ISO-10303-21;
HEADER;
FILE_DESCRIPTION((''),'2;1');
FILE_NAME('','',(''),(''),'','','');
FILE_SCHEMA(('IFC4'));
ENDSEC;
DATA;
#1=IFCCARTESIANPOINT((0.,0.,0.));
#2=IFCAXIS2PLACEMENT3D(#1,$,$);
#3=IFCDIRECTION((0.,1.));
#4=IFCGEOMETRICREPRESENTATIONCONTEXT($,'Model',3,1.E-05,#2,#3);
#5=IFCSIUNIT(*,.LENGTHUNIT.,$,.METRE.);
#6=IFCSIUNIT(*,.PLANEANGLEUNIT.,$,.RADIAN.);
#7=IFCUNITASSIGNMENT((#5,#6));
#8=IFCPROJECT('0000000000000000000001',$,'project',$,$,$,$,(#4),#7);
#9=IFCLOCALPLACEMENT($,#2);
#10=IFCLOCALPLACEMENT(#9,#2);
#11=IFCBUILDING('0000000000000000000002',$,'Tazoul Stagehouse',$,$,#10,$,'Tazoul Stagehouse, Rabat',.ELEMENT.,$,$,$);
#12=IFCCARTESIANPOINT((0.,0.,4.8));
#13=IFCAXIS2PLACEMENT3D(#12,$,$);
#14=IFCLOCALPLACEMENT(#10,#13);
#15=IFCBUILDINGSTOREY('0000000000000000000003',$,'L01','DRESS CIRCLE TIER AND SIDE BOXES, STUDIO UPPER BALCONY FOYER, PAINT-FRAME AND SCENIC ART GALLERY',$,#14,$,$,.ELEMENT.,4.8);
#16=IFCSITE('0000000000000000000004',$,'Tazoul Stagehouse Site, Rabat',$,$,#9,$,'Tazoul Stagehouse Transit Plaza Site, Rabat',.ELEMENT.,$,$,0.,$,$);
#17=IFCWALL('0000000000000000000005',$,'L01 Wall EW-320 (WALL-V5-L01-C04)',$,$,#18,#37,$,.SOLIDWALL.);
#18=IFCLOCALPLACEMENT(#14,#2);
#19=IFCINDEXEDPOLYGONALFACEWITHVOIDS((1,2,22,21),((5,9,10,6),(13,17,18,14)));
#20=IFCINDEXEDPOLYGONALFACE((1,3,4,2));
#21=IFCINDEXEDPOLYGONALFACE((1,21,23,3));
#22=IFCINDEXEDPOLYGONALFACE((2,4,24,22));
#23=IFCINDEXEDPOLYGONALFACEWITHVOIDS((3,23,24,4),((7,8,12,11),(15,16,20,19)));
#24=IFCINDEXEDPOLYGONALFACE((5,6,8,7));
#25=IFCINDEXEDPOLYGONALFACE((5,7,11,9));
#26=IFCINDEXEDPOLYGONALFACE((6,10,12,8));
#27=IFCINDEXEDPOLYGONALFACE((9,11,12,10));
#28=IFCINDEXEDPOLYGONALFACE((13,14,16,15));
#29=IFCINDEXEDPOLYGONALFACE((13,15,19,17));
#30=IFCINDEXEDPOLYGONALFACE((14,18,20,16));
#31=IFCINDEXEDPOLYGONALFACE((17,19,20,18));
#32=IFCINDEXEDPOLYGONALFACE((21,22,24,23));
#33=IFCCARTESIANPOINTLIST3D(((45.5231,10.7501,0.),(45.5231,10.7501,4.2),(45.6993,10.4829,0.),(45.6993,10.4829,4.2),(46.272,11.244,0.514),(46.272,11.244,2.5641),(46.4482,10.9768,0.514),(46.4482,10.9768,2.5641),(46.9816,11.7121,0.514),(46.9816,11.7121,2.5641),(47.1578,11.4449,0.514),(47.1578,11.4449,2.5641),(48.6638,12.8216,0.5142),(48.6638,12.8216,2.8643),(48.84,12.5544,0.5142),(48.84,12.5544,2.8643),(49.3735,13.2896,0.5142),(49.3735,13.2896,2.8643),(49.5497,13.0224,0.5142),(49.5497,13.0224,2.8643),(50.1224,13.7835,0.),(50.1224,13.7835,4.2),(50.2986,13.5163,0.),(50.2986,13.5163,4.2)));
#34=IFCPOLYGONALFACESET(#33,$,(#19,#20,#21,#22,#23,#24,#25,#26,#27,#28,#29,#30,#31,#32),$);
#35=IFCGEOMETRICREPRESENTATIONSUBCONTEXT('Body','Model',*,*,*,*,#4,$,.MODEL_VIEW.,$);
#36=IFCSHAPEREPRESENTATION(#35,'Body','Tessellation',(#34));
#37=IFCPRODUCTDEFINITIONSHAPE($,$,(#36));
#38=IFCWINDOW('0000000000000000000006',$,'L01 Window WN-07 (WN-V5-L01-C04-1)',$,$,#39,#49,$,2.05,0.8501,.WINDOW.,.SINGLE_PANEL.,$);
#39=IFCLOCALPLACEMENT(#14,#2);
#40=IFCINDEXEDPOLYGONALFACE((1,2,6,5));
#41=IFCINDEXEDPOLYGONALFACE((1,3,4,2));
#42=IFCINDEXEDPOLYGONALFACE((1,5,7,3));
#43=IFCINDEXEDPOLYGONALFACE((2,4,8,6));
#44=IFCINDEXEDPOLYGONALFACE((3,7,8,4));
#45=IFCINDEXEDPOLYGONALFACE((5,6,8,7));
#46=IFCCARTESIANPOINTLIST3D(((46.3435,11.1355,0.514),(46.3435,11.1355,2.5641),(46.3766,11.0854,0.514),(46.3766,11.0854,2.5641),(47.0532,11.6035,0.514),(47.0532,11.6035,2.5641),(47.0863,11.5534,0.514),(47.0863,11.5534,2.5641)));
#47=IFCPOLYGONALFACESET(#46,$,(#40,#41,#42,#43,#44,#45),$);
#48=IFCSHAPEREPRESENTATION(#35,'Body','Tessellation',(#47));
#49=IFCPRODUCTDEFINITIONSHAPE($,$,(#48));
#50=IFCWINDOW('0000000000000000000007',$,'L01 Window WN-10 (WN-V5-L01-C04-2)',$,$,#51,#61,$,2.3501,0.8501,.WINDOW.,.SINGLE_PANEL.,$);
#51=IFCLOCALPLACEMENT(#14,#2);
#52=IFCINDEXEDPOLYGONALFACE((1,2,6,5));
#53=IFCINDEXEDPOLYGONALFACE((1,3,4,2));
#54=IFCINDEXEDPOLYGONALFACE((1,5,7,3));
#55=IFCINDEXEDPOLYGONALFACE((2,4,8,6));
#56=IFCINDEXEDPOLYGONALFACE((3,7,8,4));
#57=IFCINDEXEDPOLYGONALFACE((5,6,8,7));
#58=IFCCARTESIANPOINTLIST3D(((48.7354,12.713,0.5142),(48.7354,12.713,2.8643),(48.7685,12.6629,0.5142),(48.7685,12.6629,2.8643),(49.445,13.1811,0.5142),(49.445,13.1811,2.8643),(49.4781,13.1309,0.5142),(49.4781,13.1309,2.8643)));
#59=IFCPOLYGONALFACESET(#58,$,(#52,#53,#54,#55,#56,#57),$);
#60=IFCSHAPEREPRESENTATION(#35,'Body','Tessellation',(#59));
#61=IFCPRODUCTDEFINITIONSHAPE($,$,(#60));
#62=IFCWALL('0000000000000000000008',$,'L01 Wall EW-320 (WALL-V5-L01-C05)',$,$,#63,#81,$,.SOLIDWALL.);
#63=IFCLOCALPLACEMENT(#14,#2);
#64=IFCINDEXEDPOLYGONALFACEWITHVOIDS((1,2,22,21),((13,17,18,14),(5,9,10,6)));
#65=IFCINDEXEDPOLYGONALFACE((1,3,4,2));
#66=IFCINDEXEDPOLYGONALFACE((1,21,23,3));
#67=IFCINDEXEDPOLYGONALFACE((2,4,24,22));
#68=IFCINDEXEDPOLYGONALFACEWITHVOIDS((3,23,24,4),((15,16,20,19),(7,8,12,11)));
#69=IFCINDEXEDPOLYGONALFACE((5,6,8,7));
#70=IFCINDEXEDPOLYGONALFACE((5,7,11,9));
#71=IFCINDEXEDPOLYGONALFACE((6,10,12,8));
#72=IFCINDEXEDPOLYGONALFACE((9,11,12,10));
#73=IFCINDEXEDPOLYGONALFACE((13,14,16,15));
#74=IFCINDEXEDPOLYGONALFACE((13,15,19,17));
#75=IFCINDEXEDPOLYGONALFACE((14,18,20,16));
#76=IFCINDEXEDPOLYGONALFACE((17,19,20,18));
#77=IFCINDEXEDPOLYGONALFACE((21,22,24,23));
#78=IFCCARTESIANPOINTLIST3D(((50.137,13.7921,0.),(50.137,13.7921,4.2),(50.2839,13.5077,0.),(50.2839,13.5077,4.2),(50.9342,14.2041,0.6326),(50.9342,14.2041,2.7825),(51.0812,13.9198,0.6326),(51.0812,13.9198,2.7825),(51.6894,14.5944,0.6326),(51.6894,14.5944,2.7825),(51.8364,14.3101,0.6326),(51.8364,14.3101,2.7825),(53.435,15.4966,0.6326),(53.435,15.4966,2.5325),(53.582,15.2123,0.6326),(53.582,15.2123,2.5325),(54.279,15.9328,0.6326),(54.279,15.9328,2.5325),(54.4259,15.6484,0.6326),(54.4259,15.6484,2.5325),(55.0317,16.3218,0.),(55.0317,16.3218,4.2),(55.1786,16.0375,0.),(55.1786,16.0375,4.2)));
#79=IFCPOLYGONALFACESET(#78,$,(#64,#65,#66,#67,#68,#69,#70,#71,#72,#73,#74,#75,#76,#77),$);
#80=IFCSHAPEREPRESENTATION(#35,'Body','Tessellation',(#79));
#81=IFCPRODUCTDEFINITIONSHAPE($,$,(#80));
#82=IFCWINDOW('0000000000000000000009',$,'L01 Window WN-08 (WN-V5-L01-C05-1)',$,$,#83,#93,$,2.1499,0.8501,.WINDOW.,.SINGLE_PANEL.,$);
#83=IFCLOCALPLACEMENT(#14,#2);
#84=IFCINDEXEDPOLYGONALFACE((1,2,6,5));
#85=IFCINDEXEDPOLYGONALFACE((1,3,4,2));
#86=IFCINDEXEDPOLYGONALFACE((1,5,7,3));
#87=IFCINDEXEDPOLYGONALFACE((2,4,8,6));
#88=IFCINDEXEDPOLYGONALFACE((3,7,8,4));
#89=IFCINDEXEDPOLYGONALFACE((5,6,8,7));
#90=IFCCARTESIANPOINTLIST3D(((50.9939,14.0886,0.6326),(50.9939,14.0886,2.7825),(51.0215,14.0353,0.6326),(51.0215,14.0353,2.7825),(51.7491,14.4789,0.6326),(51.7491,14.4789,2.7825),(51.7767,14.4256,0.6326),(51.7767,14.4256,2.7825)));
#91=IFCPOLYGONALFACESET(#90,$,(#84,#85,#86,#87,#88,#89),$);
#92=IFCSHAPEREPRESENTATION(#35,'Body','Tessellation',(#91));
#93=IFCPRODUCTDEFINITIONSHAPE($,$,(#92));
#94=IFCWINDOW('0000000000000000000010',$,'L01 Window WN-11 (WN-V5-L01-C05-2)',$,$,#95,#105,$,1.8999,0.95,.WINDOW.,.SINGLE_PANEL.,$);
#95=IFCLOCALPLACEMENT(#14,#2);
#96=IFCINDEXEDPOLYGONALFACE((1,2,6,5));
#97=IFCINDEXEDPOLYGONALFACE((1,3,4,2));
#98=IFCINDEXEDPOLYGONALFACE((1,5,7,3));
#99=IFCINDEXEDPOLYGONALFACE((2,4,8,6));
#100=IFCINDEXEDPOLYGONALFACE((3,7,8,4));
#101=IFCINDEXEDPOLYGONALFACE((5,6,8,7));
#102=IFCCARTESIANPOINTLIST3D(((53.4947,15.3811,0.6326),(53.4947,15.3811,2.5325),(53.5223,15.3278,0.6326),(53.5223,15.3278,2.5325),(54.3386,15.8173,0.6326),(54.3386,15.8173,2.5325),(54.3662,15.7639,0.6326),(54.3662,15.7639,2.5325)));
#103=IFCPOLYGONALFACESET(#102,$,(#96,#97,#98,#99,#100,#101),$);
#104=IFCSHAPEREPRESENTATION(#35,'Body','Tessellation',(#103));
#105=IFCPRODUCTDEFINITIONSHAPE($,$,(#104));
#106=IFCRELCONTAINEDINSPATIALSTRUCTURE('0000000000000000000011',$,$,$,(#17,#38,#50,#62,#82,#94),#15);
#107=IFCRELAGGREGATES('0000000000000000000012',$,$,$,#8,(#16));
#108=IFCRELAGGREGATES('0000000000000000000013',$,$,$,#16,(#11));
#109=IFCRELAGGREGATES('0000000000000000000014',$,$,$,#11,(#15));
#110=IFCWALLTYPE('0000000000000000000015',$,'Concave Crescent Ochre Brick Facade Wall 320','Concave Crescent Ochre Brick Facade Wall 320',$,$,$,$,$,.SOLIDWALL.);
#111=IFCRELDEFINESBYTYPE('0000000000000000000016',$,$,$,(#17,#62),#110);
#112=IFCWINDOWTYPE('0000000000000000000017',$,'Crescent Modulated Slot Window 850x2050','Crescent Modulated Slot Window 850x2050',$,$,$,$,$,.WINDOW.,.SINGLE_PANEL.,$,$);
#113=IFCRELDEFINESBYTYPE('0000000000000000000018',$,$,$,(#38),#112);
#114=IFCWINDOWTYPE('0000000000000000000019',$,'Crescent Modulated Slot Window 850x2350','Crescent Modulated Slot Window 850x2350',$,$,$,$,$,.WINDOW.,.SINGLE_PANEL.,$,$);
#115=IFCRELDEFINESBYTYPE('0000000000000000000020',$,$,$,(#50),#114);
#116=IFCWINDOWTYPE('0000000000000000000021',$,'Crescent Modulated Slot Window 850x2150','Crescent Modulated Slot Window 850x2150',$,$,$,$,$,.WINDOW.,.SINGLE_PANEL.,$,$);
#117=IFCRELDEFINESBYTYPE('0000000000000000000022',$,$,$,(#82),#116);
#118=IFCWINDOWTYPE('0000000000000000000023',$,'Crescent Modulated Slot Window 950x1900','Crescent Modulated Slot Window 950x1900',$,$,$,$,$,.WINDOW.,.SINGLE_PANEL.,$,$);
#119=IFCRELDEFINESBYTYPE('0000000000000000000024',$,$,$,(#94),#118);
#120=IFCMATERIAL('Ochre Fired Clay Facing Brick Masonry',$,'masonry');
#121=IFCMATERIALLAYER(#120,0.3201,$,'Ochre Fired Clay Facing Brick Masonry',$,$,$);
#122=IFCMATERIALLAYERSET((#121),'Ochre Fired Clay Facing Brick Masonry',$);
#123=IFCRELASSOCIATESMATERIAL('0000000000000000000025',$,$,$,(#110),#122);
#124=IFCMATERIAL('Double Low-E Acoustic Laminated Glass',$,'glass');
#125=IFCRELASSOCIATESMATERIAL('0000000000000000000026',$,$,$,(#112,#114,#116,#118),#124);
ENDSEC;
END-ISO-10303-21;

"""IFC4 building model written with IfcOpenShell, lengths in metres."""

from ifc_helpers import new_model, si_unit, direction, frame, frame_2d, origin, place, context, subcontext, project, spatial, rectangle, extrude, material, layer, layer_set, type_object, element, fill, save


model = new_model("IFC4")

# Units and contexts
model_context = context("Model", 3, precision=1e-05, world=origin(), true_north=direction((0.0, 1.0)))
body_context = subcontext(model_context, "Body", "Model", "MODEL_VIEW")
ifc_project = project(units=[si_unit("LENGTHUNIT", "METRE"), si_unit("PLANEANGLEUNIT", "RADIAN")], contexts=[model_context])

# Site, building, storey
site_placement = place(None, origin())
site = spatial("IfcSite", under=ifc_project, at=site_placement, Name="Tazoul Stagehouse Site, Rabat", LongName="Tazoul Stagehouse Transit Plaza Site, Rabat", CompositionType="ELEMENT", RefElevation=0.0)
building_placement = place(site_placement, origin())
building = spatial("IfcBuilding", under=site, at=building_placement, Name="Tazoul Stagehouse", LongName="Tazoul Stagehouse, Rabat", CompositionType="ELEMENT")
storey_placement = place(building_placement, frame((0.0, 0.0, 4.8)))
storey = spatial("IfcBuildingStorey", under=building, at=storey_placement, Name="L01", Description="DRESS CIRCLE TIER AND SIDE BOXES, STUDIO UPPER BALCONY FOYER, PAINT-FRAME AND SCENIC ART GALLERY", CompositionType="ELEMENT", Elevation=4.8)

# Walls, openings, windows
ifc_material_1 = material(Name="Ochre Fired Clay Facing Brick Masonry", Category="masonry")
ifc_layer = layer(ifc_material_1, 0.3201, Name="Ochre Fired Clay Facing Brick Masonry")
ifc_layer_set = layer_set([ifc_layer], Name="Ochre Fired Clay Facing Brick Masonry")
wall_type = type_object("IfcWallType", Name="Concave Crescent Ochre Brick Facade Wall 320", Description="Concave Crescent Ochre Brick Facade Wall 320", PredefinedType="SOLIDWALL", material=ifc_layer_set)
wall_1_placement = place(storey_placement, frame((45.6111, 10.6165, 0.0), z_axis=(0.0, 0.0, 1.0), x_axis=(0.834787, 0.550572, 0.0)))
wall_1 = element("IfcWall", 1, at=wall_1_placement, inside=storey, type_object=wall_type, Name="L01 Wall EW-320 (WALL-V5-L01-C04)", PredefinedType="SOLIDWALL", context=body_context, shape_type="SweptSolid", body=[
    extrude(rectangle(XDim=5.5095, YDim=0.3201, at=frame_2d((2.7549, 0.0))), origin(), (0.0, 0.0, 1.0), 4.2),
])
opening_1_placement = place(wall_1_placement, frame((0.8972, 0.0, 0.5142)))
opening_1 = element("IfcOpeningElement", 2, at=opening_1_placement, cuts=wall_1, PredefinedType="OPENING", context=body_context, shape_type="SweptSolid", body=[
    extrude(rectangle(XDim=0.8501, YDim=2.05, at=frame_2d((0.425, 1.0249))), frame((0.0, 0.1799, 0.0), z_axis=(0.0, -1.0, 0.0), x_axis=(1.0, 0.0, 0.0)), (0.0, 0.0, 1.0), 0.3601),
])
opening_2_placement = place(wall_1_placement, frame((3.7625, 0.0, 0.5142)))
opening_2 = element("IfcOpeningElement", 3, at=opening_2_placement, cuts=wall_1, PredefinedType="OPENING", context=body_context, shape_type="SweptSolid", body=[
    extrude(rectangle(XDim=0.8501, YDim=2.3501, at=frame_2d((0.425, 1.175))), frame((0.0, 0.1799, 0.0), z_axis=(0.0, -1.0, 0.0), x_axis=(1.0, 0.0, 0.0)), (0.0, 0.0, 1.0), 0.3601),
])
ifc_material_2 = material(Name="Double Low-E Acoustic Laminated Glass", Category="glass")
window_type_1 = type_object("IfcWindowType", Name="Crescent Modulated Slot Window 850x2050", Description="Crescent Modulated Slot Window 850x2050", PartitioningType="SINGLE_PANEL", PredefinedType="WINDOW", material=ifc_material_2)
window_1_placement = place(opening_1_placement, origin())
window_1 = element("IfcWindow", 4, at=window_1_placement, inside=storey, type_object=window_type_1, Name="L01 Window WN-07 (WN-V5-L01-C04-1)", OverallHeight=2.05, OverallWidth=0.8501, PartitioningType="SINGLE_PANEL", PredefinedType="WINDOW", context=body_context, shape_type="SweptSolid", body=[
    extrude(rectangle(XDim=0.8501, YDim=2.05, at=frame_2d((0.425, 1.0249))), frame((0.0, 0.03, 0.0), z_axis=(0.0, -1.0, 0.0), x_axis=(1.0, 0.0, 0.0)), (0.0, 0.0, 1.0), 0.0601),
])
fill(opening_1, window_1)
window_type_2 = type_object("IfcWindowType", Name="Crescent Modulated Slot Window 850x2350", Description="Crescent Modulated Slot Window 850x2350", PartitioningType="SINGLE_PANEL", PredefinedType="WINDOW", material=ifc_material_2)
window_2_placement = place(opening_2_placement, origin())
window_2 = element("IfcWindow", 5, at=window_2_placement, inside=storey, type_object=window_type_2, Name="L01 Window WN-10 (WN-V5-L01-C04-2)", OverallHeight=2.3501, OverallWidth=0.8501, PartitioningType="SINGLE_PANEL", PredefinedType="WINDOW", context=body_context, shape_type="SweptSolid", body=[
    extrude(rectangle(XDim=0.8501, YDim=2.3501, at=frame_2d((0.425, 1.175))), frame((0.0, 0.03, 0.0), z_axis=(0.0, -1.0, 0.0), x_axis=(1.0, 0.0, 0.0)), (0.0, 0.0, 1.0), 0.0601),
])
fill(opening_2, window_2)
wall_2_placement = place(storey_placement, frame((50.2104, 13.6499, 0.0), z_axis=(0.0, 0.0, 1.0), x_axis=(0.888365, 0.459137, 0.0)))
wall_2 = element("IfcWall", 6, at=wall_2_placement, inside=storey, type_object=wall_type, Name="L01 Wall EW-320 (WALL-V5-L01-C05)", PredefinedType="SOLIDWALL", context=body_context, shape_type="SweptSolid", body=[
    extrude(rectangle(XDim=5.5098, YDim=0.3201, at=frame_2d((2.7549, 0.0))), origin(), (0.0, 0.0, 1.0), 4.2),
])
opening_3_placement = place(wall_2_placement, frame((0.8975, 0.0, 0.6326)))
opening_3 = element("IfcOpeningElement", 7, at=opening_3_placement, cuts=wall_2, PredefinedType="OPENING", context=body_context, shape_type="SweptSolid", body=[
    extrude(rectangle(XDim=0.8501, YDim=2.1499, at=frame_2d((0.425, 1.075))), frame((0.0, 0.1799, 0.0), z_axis=(0.0, -1.0, 0.0), x_axis=(1.0, 0.0, 0.0)), (0.0, 0.0, 1.0), 0.3601),
])
opening_4_placement = place(wall_2_placement, frame((3.7124, 0.0, 0.6326)))
opening_4 = element("IfcOpeningElement", 8, at=opening_4_placement, cuts=wall_2, PredefinedType="OPENING", context=body_context, shape_type="SweptSolid", body=[
    extrude(rectangle(XDim=0.95, YDim=1.8999, at=frame_2d((0.4751, 0.95))), frame((0.0, 0.1799, 0.0), z_axis=(0.0, -1.0, 0.0), x_axis=(1.0, 0.0, 0.0)), (0.0, 0.0, 1.0), 0.3601),
])
window_type_3 = type_object("IfcWindowType", Name="Crescent Modulated Slot Window 850x2150", Description="Crescent Modulated Slot Window 850x2150", PartitioningType="SINGLE_PANEL", PredefinedType="WINDOW", material=ifc_material_2)
window_3_placement = place(opening_3_placement, origin())
window_3 = element("IfcWindow", 9, at=window_3_placement, inside=storey, type_object=window_type_3, Name="L01 Window WN-08 (WN-V5-L01-C05-1)", OverallHeight=2.1499, OverallWidth=0.8501, PartitioningType="SINGLE_PANEL", PredefinedType="WINDOW", context=body_context, shape_type="SweptSolid", body=[
    extrude(rectangle(XDim=0.8501, YDim=2.1499, at=frame_2d((0.425, 1.075))), frame((0.0, 0.03, 0.0), z_axis=(0.0, -1.0, 0.0), x_axis=(1.0, 0.0, 0.0)), (0.0, 0.0, 1.0), 0.0601),
])
fill(opening_3, window_3)
window_type_4 = type_object("IfcWindowType", Name="Crescent Modulated Slot Window 950x1900", Description="Crescent Modulated Slot Window 950x1900", PartitioningType="SINGLE_PANEL", PredefinedType="WINDOW", material=ifc_material_2)
window_4_placement = place(opening_4_placement, origin())
window_4 = element("IfcWindow", 10, at=window_4_placement, inside=storey, type_object=window_type_4, Name="L01 Window WN-11 (WN-V5-L01-C05-2)", OverallHeight=1.8999, OverallWidth=0.95, PartitioningType="SINGLE_PANEL", PredefinedType="WINDOW", context=body_context, shape_type="SweptSolid", body=[
    extrude(rectangle(XDim=0.95, YDim=1.8999, at=frame_2d((0.4751, 0.95))), frame((0.0, 0.03, 0.0), z_axis=(0.0, -1.0, 0.0), x_axis=(1.0, 0.0, 0.0)), (0.0, 0.0, 1.0), 0.0601),
])
fill(opening_4, window_4)

save(model, "model.ifc")
